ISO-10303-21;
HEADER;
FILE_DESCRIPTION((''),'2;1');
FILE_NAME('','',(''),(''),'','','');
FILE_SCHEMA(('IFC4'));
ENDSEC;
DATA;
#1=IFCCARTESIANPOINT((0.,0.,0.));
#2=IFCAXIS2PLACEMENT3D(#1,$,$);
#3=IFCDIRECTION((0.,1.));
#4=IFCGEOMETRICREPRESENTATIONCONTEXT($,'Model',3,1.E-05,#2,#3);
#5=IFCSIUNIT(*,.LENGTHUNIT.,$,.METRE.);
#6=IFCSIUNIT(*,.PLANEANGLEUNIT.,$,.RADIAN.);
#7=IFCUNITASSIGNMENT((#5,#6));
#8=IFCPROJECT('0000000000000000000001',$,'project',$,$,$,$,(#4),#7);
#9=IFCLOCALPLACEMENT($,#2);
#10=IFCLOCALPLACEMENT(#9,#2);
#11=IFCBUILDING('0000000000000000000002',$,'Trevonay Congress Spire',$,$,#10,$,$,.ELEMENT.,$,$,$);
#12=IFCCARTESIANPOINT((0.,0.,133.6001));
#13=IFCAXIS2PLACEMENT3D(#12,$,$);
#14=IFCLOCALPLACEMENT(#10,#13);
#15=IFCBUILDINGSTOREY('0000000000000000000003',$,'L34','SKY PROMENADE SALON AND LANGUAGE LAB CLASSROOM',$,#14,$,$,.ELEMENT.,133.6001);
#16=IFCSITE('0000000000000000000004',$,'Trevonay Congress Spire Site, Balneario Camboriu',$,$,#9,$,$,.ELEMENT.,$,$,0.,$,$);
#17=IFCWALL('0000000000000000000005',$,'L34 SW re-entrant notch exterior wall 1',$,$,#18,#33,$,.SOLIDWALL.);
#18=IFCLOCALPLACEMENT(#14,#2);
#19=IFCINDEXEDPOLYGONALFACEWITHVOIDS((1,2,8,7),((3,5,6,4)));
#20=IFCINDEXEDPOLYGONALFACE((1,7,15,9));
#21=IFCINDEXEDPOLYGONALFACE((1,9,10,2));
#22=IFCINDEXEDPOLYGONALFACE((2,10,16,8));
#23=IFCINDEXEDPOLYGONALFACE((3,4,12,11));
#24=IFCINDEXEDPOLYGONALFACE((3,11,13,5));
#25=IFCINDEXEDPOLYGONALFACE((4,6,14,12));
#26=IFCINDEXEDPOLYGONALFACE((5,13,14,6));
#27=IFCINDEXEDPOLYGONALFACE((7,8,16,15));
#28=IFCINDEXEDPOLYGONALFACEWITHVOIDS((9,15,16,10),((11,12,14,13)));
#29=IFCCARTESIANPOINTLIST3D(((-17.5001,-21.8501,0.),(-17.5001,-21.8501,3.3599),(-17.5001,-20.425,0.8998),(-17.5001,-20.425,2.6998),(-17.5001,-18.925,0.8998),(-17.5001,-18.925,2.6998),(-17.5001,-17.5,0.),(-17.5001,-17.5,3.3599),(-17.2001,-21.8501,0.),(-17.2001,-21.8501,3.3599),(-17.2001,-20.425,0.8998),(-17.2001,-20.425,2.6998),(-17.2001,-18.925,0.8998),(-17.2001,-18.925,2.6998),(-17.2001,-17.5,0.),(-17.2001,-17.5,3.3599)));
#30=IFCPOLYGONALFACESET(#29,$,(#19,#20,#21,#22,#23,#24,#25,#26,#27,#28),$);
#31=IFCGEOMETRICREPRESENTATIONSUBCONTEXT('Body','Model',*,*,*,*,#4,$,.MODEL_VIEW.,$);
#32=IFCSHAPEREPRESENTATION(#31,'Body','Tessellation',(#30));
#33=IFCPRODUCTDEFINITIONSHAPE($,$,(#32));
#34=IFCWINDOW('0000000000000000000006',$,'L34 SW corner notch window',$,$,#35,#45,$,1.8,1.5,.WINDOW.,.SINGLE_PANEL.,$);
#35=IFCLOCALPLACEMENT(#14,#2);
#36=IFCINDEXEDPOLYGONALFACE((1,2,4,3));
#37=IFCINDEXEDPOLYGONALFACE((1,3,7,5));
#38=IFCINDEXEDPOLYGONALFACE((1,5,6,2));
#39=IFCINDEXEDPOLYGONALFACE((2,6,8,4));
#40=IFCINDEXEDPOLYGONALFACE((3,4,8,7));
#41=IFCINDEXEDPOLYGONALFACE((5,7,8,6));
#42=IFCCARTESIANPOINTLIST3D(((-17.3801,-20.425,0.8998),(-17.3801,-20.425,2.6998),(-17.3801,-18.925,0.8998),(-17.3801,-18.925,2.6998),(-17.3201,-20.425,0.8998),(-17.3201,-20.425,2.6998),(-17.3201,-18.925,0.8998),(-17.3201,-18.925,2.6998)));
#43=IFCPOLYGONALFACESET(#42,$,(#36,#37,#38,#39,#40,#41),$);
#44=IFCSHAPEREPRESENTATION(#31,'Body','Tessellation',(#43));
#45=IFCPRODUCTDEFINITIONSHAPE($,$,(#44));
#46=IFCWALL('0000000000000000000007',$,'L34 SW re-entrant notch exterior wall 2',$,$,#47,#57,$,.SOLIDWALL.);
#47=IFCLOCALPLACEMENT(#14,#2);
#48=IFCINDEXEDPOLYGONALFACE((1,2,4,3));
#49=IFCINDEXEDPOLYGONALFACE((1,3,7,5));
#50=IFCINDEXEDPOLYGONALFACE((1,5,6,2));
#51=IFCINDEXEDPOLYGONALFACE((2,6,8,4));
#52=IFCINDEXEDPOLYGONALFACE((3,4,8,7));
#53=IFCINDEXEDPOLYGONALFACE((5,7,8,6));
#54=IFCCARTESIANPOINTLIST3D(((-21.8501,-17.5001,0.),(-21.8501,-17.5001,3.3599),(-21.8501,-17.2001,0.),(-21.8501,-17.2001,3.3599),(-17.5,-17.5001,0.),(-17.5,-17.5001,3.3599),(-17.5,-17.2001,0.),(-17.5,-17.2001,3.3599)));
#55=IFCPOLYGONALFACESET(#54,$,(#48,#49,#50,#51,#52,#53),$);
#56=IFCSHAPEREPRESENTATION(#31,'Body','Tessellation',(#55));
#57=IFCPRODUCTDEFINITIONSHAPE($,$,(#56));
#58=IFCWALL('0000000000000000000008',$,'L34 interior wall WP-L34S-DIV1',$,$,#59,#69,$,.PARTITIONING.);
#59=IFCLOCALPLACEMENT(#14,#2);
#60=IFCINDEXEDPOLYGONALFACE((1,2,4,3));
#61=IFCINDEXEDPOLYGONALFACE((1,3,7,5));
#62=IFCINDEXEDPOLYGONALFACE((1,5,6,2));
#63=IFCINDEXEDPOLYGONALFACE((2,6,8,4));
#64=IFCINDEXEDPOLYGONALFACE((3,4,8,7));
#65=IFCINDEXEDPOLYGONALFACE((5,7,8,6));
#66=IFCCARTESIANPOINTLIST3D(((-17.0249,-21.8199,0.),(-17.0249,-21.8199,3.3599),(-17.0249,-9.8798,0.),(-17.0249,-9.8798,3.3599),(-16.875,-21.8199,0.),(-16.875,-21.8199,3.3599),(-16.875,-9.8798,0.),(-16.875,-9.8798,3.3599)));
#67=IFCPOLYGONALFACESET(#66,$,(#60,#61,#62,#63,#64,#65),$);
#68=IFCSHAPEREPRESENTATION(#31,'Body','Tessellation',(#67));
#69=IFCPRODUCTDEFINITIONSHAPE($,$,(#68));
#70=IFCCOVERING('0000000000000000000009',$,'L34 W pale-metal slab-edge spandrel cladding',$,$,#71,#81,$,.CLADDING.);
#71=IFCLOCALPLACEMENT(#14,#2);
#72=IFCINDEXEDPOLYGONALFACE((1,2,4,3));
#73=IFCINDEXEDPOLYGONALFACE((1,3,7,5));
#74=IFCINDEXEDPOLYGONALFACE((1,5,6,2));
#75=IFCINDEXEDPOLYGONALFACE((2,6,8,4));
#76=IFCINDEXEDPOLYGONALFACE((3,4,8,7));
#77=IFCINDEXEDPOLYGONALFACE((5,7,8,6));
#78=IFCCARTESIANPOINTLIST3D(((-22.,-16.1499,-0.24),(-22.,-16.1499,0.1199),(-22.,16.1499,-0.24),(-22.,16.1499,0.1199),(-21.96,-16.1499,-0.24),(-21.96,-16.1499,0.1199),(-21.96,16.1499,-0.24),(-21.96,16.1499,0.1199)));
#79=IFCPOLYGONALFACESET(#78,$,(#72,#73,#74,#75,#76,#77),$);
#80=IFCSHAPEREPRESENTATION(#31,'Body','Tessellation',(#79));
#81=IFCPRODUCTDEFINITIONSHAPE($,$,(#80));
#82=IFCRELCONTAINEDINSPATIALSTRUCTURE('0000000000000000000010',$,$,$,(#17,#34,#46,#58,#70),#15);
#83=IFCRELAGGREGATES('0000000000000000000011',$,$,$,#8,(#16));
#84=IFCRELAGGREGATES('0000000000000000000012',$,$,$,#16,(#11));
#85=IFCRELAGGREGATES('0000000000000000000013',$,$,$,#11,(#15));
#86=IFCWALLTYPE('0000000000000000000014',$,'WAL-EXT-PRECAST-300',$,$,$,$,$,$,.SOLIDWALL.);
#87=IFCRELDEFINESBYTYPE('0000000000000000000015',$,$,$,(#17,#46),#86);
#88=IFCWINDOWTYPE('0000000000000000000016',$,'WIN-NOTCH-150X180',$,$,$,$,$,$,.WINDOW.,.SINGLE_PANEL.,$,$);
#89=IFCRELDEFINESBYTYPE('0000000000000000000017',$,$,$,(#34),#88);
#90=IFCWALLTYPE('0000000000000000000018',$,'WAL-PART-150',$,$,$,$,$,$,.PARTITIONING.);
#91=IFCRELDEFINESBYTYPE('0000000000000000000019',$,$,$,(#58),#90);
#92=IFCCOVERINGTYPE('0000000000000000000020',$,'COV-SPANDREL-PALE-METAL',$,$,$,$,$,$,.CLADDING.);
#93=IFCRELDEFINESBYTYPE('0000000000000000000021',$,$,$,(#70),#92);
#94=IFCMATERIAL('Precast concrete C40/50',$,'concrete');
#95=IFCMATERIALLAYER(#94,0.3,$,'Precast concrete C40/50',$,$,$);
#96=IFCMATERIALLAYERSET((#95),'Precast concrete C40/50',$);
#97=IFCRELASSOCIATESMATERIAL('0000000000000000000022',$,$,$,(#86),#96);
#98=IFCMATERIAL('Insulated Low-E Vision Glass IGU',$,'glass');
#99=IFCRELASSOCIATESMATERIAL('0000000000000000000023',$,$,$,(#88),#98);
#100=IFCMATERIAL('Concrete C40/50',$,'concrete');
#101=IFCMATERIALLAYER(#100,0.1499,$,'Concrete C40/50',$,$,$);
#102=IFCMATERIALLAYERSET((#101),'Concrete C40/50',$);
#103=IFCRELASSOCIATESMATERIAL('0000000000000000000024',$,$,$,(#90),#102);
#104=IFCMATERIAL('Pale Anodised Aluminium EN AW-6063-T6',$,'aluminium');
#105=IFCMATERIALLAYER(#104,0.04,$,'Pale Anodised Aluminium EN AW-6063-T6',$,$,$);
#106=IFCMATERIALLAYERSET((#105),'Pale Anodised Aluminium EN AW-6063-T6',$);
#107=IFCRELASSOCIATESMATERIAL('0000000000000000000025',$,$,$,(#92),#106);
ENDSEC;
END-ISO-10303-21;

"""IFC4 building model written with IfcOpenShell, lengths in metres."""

from ifc_helpers import new_model, si_unit, direction, frame, frame_2d, origin, place, context, subcontext, project, spatial, rectangle, extrude, material, layer, layer_set, type_object, element, fill, save


model = new_model("IFC4")

# Units and contexts
model_context = context("Model", 3, precision=1e-05, world=origin(), true_north=direction((0.0, 1.0)))
body_context = subcontext(model_context, "Body", "Model", "MODEL_VIEW")
ifc_project = project(units=[si_unit("LENGTHUNIT", "METRE"), si_unit("PLANEANGLEUNIT", "RADIAN")], contexts=[model_context])

# Site, building, storey
site_placement = place(None, origin())
site = spatial("IfcSite", under=ifc_project, at=site_placement, Name="Trevonay Congress Spire Site, Balneario Camboriu", CompositionType="ELEMENT", RefElevation=0.0)
building_placement = place(site_placement, origin())
building = spatial("IfcBuilding", under=site, at=building_placement, Name="Trevonay Congress Spire", CompositionType="ELEMENT")
storey_placement = place(building_placement, frame((0.0, 0.0, 133.6001)))
storey = spatial("IfcBuildingStorey", under=building, at=storey_placement, Name="L34", Description="SKY PROMENADE SALON AND LANGUAGE LAB CLASSROOM", CompositionType="ELEMENT", Elevation=133.6001)

# Shared definitions
ifc_material_1 = material(Name="Pale Anodised Aluminium EN AW-6063-T6", Category="aluminium")

# Shared definitions
ifc_material_2 = material(Name="Concrete C40/50", Category="concrete")

# Shared definitions
ifc_material_3 = material(Name="Precast concrete C40/50", Category="concrete")
ifc_layer_1 = layer(ifc_material_3, 0.3, Name="Precast concrete C40/50")
ifc_layer_set_1 = layer_set([ifc_layer_1], Name="Precast concrete C40/50")
wall_type_1 = type_object("IfcWallType", Name="WAL-EXT-PRECAST-300", PredefinedType="SOLIDWALL", material=ifc_layer_set_1)

# Wall, opening, window
wall_1_placement = place(storey_placement, frame((-17.3501, -21.8501, 0.0), z_axis=(0.0, 0.0, 1.0), x_axis=(0.0, 1.0, 0.0)))
wall_1 = element("IfcWall", 1, at=wall_1_placement, inside=storey, type_object=wall_type_1, Name="L34 SW re-entrant notch exterior wall 1", PredefinedType="SOLIDWALL", context=body_context, shape_type="SweptSolid", body=[
    extrude(rectangle(XDim=4.3501, YDim=0.3, at=frame_2d((2.175, 0.0))), origin(), (0.0, 0.0, 1.0), 3.3599),
])
opening_1_placement = place(wall_1_placement, frame((1.425, 0.0, 0.8999)))
opening_1 = element("IfcOpeningElement", 2, at=opening_1_placement, cuts=wall_1, PredefinedType="OPENING", context=body_context, shape_type="SweptSolid", body=[
    extrude(rectangle(XDim=1.5, YDim=1.8, at=frame_2d((0.75, 0.8999))), frame((0.0, 0.1602, 0.0), z_axis=(0.0, -1.0, 0.0), x_axis=(1.0, 0.0, 0.0)), (0.0, 0.0, 1.0), 0.3201),
])
ifc_material_4 = material(Name="Insulated Low-E Vision Glass IGU", Category="glass")
window_type = type_object("IfcWindowType", Name="WIN-NOTCH-150X180", PartitioningType="SINGLE_PANEL", PredefinedType="WINDOW", material=ifc_material_4)
window_placement = place(opening_1_placement, origin())
window = element("IfcWindow", 3, at=window_placement, inside=storey, type_object=window_type, Name="L34 SW corner notch window", OverallHeight=1.8, OverallWidth=1.5, PartitioningType="SINGLE_PANEL", PredefinedType="WINDOW", context=body_context, shape_type="SweptSolid", body=[
    extrude(rectangle(XDim=1.5, YDim=1.8, at=frame_2d((0.75, 0.8999))), frame((0.0, 0.03, 0.0), z_axis=(0.0, -1.0, 0.0), x_axis=(1.0, 0.0, 0.0)), (0.0, 0.0, 1.0), 0.0601),
])
fill(opening_1, window)

# Walls
wall_2_placement = place(storey_placement, frame((-21.8501, -17.3501, 0.0), z_axis=(0.0, 0.0, 1.0), x_axis=(1.0, 0.0, 0.0)))
element("IfcWall", 4, at=wall_2_placement, inside=storey, type_object=wall_type_1, Name="L34 SW re-entrant notch exterior wall 2", PredefinedType="SOLIDWALL", context=body_context, shape_type="SweptSolid", body=[
    extrude(rectangle(XDim=4.3501, YDim=0.3, at=frame_2d((2.175, 0.0))), origin(), (0.0, 0.0, 1.0), 3.3599),
])
ifc_layer_2 = layer(ifc_material_2, 0.1499, Name="Concrete C40/50")
ifc_layer_set_2 = layer_set([ifc_layer_2], Name="Concrete C40/50")
wall_type_2 = type_object("IfcWallType", Name="WAL-PART-150", PredefinedType="PARTITIONING", material=ifc_layer_set_2)
wall_3_placement = place(storey_placement, frame((-16.95, -21.8201, 0.0), z_axis=(0.0, 0.0, 1.0), x_axis=(0.0, 1.0, 0.0)))
element("IfcWall", 5, at=wall_3_placement, inside=storey, type_object=wall_type_2, Name="L34 interior wall WP-L34S-DIV1", PredefinedType="PARTITIONING", context=body_context, shape_type="SweptSolid", body=[
    extrude(rectangle(XDim=11.9402, YDim=0.1499, at=frame_2d((5.9702, 0.0))), origin(), (0.0, 0.0, 1.0), 3.3599),
])

# Covering
ifc_layer_3 = layer(ifc_material_1, 0.04, Name="Pale Anodised Aluminium EN AW-6063-T6")
ifc_layer_set_3 = layer_set([ifc_layer_3], Name="Pale Anodised Aluminium EN AW-6063-T6")
covering_type = type_object("IfcCoveringType", Name="COV-SPANDREL-PALE-METAL", PredefinedType="CLADDING", material=ifc_layer_set_3)
covering_placement = place(storey_placement, frame((-21.98, -16.1499, -0.24), z_axis=(0.0, 0.0, 1.0), x_axis=(0.0, 1.0, 0.0)))
element("IfcCovering", 6, at=covering_placement, inside=storey, type_object=covering_type, Name="L34 W pale-metal slab-edge spandrel cladding", PredefinedType="CLADDING", context=body_context, shape_type="SweptSolid", body=[
    extrude(rectangle(XDim=32.2998, YDim=0.04, at=frame_2d((16.1499, 0.0))), origin(), (0.0, 0.0, 1.0), 0.3599),
])

save(model, "model.ifc")
